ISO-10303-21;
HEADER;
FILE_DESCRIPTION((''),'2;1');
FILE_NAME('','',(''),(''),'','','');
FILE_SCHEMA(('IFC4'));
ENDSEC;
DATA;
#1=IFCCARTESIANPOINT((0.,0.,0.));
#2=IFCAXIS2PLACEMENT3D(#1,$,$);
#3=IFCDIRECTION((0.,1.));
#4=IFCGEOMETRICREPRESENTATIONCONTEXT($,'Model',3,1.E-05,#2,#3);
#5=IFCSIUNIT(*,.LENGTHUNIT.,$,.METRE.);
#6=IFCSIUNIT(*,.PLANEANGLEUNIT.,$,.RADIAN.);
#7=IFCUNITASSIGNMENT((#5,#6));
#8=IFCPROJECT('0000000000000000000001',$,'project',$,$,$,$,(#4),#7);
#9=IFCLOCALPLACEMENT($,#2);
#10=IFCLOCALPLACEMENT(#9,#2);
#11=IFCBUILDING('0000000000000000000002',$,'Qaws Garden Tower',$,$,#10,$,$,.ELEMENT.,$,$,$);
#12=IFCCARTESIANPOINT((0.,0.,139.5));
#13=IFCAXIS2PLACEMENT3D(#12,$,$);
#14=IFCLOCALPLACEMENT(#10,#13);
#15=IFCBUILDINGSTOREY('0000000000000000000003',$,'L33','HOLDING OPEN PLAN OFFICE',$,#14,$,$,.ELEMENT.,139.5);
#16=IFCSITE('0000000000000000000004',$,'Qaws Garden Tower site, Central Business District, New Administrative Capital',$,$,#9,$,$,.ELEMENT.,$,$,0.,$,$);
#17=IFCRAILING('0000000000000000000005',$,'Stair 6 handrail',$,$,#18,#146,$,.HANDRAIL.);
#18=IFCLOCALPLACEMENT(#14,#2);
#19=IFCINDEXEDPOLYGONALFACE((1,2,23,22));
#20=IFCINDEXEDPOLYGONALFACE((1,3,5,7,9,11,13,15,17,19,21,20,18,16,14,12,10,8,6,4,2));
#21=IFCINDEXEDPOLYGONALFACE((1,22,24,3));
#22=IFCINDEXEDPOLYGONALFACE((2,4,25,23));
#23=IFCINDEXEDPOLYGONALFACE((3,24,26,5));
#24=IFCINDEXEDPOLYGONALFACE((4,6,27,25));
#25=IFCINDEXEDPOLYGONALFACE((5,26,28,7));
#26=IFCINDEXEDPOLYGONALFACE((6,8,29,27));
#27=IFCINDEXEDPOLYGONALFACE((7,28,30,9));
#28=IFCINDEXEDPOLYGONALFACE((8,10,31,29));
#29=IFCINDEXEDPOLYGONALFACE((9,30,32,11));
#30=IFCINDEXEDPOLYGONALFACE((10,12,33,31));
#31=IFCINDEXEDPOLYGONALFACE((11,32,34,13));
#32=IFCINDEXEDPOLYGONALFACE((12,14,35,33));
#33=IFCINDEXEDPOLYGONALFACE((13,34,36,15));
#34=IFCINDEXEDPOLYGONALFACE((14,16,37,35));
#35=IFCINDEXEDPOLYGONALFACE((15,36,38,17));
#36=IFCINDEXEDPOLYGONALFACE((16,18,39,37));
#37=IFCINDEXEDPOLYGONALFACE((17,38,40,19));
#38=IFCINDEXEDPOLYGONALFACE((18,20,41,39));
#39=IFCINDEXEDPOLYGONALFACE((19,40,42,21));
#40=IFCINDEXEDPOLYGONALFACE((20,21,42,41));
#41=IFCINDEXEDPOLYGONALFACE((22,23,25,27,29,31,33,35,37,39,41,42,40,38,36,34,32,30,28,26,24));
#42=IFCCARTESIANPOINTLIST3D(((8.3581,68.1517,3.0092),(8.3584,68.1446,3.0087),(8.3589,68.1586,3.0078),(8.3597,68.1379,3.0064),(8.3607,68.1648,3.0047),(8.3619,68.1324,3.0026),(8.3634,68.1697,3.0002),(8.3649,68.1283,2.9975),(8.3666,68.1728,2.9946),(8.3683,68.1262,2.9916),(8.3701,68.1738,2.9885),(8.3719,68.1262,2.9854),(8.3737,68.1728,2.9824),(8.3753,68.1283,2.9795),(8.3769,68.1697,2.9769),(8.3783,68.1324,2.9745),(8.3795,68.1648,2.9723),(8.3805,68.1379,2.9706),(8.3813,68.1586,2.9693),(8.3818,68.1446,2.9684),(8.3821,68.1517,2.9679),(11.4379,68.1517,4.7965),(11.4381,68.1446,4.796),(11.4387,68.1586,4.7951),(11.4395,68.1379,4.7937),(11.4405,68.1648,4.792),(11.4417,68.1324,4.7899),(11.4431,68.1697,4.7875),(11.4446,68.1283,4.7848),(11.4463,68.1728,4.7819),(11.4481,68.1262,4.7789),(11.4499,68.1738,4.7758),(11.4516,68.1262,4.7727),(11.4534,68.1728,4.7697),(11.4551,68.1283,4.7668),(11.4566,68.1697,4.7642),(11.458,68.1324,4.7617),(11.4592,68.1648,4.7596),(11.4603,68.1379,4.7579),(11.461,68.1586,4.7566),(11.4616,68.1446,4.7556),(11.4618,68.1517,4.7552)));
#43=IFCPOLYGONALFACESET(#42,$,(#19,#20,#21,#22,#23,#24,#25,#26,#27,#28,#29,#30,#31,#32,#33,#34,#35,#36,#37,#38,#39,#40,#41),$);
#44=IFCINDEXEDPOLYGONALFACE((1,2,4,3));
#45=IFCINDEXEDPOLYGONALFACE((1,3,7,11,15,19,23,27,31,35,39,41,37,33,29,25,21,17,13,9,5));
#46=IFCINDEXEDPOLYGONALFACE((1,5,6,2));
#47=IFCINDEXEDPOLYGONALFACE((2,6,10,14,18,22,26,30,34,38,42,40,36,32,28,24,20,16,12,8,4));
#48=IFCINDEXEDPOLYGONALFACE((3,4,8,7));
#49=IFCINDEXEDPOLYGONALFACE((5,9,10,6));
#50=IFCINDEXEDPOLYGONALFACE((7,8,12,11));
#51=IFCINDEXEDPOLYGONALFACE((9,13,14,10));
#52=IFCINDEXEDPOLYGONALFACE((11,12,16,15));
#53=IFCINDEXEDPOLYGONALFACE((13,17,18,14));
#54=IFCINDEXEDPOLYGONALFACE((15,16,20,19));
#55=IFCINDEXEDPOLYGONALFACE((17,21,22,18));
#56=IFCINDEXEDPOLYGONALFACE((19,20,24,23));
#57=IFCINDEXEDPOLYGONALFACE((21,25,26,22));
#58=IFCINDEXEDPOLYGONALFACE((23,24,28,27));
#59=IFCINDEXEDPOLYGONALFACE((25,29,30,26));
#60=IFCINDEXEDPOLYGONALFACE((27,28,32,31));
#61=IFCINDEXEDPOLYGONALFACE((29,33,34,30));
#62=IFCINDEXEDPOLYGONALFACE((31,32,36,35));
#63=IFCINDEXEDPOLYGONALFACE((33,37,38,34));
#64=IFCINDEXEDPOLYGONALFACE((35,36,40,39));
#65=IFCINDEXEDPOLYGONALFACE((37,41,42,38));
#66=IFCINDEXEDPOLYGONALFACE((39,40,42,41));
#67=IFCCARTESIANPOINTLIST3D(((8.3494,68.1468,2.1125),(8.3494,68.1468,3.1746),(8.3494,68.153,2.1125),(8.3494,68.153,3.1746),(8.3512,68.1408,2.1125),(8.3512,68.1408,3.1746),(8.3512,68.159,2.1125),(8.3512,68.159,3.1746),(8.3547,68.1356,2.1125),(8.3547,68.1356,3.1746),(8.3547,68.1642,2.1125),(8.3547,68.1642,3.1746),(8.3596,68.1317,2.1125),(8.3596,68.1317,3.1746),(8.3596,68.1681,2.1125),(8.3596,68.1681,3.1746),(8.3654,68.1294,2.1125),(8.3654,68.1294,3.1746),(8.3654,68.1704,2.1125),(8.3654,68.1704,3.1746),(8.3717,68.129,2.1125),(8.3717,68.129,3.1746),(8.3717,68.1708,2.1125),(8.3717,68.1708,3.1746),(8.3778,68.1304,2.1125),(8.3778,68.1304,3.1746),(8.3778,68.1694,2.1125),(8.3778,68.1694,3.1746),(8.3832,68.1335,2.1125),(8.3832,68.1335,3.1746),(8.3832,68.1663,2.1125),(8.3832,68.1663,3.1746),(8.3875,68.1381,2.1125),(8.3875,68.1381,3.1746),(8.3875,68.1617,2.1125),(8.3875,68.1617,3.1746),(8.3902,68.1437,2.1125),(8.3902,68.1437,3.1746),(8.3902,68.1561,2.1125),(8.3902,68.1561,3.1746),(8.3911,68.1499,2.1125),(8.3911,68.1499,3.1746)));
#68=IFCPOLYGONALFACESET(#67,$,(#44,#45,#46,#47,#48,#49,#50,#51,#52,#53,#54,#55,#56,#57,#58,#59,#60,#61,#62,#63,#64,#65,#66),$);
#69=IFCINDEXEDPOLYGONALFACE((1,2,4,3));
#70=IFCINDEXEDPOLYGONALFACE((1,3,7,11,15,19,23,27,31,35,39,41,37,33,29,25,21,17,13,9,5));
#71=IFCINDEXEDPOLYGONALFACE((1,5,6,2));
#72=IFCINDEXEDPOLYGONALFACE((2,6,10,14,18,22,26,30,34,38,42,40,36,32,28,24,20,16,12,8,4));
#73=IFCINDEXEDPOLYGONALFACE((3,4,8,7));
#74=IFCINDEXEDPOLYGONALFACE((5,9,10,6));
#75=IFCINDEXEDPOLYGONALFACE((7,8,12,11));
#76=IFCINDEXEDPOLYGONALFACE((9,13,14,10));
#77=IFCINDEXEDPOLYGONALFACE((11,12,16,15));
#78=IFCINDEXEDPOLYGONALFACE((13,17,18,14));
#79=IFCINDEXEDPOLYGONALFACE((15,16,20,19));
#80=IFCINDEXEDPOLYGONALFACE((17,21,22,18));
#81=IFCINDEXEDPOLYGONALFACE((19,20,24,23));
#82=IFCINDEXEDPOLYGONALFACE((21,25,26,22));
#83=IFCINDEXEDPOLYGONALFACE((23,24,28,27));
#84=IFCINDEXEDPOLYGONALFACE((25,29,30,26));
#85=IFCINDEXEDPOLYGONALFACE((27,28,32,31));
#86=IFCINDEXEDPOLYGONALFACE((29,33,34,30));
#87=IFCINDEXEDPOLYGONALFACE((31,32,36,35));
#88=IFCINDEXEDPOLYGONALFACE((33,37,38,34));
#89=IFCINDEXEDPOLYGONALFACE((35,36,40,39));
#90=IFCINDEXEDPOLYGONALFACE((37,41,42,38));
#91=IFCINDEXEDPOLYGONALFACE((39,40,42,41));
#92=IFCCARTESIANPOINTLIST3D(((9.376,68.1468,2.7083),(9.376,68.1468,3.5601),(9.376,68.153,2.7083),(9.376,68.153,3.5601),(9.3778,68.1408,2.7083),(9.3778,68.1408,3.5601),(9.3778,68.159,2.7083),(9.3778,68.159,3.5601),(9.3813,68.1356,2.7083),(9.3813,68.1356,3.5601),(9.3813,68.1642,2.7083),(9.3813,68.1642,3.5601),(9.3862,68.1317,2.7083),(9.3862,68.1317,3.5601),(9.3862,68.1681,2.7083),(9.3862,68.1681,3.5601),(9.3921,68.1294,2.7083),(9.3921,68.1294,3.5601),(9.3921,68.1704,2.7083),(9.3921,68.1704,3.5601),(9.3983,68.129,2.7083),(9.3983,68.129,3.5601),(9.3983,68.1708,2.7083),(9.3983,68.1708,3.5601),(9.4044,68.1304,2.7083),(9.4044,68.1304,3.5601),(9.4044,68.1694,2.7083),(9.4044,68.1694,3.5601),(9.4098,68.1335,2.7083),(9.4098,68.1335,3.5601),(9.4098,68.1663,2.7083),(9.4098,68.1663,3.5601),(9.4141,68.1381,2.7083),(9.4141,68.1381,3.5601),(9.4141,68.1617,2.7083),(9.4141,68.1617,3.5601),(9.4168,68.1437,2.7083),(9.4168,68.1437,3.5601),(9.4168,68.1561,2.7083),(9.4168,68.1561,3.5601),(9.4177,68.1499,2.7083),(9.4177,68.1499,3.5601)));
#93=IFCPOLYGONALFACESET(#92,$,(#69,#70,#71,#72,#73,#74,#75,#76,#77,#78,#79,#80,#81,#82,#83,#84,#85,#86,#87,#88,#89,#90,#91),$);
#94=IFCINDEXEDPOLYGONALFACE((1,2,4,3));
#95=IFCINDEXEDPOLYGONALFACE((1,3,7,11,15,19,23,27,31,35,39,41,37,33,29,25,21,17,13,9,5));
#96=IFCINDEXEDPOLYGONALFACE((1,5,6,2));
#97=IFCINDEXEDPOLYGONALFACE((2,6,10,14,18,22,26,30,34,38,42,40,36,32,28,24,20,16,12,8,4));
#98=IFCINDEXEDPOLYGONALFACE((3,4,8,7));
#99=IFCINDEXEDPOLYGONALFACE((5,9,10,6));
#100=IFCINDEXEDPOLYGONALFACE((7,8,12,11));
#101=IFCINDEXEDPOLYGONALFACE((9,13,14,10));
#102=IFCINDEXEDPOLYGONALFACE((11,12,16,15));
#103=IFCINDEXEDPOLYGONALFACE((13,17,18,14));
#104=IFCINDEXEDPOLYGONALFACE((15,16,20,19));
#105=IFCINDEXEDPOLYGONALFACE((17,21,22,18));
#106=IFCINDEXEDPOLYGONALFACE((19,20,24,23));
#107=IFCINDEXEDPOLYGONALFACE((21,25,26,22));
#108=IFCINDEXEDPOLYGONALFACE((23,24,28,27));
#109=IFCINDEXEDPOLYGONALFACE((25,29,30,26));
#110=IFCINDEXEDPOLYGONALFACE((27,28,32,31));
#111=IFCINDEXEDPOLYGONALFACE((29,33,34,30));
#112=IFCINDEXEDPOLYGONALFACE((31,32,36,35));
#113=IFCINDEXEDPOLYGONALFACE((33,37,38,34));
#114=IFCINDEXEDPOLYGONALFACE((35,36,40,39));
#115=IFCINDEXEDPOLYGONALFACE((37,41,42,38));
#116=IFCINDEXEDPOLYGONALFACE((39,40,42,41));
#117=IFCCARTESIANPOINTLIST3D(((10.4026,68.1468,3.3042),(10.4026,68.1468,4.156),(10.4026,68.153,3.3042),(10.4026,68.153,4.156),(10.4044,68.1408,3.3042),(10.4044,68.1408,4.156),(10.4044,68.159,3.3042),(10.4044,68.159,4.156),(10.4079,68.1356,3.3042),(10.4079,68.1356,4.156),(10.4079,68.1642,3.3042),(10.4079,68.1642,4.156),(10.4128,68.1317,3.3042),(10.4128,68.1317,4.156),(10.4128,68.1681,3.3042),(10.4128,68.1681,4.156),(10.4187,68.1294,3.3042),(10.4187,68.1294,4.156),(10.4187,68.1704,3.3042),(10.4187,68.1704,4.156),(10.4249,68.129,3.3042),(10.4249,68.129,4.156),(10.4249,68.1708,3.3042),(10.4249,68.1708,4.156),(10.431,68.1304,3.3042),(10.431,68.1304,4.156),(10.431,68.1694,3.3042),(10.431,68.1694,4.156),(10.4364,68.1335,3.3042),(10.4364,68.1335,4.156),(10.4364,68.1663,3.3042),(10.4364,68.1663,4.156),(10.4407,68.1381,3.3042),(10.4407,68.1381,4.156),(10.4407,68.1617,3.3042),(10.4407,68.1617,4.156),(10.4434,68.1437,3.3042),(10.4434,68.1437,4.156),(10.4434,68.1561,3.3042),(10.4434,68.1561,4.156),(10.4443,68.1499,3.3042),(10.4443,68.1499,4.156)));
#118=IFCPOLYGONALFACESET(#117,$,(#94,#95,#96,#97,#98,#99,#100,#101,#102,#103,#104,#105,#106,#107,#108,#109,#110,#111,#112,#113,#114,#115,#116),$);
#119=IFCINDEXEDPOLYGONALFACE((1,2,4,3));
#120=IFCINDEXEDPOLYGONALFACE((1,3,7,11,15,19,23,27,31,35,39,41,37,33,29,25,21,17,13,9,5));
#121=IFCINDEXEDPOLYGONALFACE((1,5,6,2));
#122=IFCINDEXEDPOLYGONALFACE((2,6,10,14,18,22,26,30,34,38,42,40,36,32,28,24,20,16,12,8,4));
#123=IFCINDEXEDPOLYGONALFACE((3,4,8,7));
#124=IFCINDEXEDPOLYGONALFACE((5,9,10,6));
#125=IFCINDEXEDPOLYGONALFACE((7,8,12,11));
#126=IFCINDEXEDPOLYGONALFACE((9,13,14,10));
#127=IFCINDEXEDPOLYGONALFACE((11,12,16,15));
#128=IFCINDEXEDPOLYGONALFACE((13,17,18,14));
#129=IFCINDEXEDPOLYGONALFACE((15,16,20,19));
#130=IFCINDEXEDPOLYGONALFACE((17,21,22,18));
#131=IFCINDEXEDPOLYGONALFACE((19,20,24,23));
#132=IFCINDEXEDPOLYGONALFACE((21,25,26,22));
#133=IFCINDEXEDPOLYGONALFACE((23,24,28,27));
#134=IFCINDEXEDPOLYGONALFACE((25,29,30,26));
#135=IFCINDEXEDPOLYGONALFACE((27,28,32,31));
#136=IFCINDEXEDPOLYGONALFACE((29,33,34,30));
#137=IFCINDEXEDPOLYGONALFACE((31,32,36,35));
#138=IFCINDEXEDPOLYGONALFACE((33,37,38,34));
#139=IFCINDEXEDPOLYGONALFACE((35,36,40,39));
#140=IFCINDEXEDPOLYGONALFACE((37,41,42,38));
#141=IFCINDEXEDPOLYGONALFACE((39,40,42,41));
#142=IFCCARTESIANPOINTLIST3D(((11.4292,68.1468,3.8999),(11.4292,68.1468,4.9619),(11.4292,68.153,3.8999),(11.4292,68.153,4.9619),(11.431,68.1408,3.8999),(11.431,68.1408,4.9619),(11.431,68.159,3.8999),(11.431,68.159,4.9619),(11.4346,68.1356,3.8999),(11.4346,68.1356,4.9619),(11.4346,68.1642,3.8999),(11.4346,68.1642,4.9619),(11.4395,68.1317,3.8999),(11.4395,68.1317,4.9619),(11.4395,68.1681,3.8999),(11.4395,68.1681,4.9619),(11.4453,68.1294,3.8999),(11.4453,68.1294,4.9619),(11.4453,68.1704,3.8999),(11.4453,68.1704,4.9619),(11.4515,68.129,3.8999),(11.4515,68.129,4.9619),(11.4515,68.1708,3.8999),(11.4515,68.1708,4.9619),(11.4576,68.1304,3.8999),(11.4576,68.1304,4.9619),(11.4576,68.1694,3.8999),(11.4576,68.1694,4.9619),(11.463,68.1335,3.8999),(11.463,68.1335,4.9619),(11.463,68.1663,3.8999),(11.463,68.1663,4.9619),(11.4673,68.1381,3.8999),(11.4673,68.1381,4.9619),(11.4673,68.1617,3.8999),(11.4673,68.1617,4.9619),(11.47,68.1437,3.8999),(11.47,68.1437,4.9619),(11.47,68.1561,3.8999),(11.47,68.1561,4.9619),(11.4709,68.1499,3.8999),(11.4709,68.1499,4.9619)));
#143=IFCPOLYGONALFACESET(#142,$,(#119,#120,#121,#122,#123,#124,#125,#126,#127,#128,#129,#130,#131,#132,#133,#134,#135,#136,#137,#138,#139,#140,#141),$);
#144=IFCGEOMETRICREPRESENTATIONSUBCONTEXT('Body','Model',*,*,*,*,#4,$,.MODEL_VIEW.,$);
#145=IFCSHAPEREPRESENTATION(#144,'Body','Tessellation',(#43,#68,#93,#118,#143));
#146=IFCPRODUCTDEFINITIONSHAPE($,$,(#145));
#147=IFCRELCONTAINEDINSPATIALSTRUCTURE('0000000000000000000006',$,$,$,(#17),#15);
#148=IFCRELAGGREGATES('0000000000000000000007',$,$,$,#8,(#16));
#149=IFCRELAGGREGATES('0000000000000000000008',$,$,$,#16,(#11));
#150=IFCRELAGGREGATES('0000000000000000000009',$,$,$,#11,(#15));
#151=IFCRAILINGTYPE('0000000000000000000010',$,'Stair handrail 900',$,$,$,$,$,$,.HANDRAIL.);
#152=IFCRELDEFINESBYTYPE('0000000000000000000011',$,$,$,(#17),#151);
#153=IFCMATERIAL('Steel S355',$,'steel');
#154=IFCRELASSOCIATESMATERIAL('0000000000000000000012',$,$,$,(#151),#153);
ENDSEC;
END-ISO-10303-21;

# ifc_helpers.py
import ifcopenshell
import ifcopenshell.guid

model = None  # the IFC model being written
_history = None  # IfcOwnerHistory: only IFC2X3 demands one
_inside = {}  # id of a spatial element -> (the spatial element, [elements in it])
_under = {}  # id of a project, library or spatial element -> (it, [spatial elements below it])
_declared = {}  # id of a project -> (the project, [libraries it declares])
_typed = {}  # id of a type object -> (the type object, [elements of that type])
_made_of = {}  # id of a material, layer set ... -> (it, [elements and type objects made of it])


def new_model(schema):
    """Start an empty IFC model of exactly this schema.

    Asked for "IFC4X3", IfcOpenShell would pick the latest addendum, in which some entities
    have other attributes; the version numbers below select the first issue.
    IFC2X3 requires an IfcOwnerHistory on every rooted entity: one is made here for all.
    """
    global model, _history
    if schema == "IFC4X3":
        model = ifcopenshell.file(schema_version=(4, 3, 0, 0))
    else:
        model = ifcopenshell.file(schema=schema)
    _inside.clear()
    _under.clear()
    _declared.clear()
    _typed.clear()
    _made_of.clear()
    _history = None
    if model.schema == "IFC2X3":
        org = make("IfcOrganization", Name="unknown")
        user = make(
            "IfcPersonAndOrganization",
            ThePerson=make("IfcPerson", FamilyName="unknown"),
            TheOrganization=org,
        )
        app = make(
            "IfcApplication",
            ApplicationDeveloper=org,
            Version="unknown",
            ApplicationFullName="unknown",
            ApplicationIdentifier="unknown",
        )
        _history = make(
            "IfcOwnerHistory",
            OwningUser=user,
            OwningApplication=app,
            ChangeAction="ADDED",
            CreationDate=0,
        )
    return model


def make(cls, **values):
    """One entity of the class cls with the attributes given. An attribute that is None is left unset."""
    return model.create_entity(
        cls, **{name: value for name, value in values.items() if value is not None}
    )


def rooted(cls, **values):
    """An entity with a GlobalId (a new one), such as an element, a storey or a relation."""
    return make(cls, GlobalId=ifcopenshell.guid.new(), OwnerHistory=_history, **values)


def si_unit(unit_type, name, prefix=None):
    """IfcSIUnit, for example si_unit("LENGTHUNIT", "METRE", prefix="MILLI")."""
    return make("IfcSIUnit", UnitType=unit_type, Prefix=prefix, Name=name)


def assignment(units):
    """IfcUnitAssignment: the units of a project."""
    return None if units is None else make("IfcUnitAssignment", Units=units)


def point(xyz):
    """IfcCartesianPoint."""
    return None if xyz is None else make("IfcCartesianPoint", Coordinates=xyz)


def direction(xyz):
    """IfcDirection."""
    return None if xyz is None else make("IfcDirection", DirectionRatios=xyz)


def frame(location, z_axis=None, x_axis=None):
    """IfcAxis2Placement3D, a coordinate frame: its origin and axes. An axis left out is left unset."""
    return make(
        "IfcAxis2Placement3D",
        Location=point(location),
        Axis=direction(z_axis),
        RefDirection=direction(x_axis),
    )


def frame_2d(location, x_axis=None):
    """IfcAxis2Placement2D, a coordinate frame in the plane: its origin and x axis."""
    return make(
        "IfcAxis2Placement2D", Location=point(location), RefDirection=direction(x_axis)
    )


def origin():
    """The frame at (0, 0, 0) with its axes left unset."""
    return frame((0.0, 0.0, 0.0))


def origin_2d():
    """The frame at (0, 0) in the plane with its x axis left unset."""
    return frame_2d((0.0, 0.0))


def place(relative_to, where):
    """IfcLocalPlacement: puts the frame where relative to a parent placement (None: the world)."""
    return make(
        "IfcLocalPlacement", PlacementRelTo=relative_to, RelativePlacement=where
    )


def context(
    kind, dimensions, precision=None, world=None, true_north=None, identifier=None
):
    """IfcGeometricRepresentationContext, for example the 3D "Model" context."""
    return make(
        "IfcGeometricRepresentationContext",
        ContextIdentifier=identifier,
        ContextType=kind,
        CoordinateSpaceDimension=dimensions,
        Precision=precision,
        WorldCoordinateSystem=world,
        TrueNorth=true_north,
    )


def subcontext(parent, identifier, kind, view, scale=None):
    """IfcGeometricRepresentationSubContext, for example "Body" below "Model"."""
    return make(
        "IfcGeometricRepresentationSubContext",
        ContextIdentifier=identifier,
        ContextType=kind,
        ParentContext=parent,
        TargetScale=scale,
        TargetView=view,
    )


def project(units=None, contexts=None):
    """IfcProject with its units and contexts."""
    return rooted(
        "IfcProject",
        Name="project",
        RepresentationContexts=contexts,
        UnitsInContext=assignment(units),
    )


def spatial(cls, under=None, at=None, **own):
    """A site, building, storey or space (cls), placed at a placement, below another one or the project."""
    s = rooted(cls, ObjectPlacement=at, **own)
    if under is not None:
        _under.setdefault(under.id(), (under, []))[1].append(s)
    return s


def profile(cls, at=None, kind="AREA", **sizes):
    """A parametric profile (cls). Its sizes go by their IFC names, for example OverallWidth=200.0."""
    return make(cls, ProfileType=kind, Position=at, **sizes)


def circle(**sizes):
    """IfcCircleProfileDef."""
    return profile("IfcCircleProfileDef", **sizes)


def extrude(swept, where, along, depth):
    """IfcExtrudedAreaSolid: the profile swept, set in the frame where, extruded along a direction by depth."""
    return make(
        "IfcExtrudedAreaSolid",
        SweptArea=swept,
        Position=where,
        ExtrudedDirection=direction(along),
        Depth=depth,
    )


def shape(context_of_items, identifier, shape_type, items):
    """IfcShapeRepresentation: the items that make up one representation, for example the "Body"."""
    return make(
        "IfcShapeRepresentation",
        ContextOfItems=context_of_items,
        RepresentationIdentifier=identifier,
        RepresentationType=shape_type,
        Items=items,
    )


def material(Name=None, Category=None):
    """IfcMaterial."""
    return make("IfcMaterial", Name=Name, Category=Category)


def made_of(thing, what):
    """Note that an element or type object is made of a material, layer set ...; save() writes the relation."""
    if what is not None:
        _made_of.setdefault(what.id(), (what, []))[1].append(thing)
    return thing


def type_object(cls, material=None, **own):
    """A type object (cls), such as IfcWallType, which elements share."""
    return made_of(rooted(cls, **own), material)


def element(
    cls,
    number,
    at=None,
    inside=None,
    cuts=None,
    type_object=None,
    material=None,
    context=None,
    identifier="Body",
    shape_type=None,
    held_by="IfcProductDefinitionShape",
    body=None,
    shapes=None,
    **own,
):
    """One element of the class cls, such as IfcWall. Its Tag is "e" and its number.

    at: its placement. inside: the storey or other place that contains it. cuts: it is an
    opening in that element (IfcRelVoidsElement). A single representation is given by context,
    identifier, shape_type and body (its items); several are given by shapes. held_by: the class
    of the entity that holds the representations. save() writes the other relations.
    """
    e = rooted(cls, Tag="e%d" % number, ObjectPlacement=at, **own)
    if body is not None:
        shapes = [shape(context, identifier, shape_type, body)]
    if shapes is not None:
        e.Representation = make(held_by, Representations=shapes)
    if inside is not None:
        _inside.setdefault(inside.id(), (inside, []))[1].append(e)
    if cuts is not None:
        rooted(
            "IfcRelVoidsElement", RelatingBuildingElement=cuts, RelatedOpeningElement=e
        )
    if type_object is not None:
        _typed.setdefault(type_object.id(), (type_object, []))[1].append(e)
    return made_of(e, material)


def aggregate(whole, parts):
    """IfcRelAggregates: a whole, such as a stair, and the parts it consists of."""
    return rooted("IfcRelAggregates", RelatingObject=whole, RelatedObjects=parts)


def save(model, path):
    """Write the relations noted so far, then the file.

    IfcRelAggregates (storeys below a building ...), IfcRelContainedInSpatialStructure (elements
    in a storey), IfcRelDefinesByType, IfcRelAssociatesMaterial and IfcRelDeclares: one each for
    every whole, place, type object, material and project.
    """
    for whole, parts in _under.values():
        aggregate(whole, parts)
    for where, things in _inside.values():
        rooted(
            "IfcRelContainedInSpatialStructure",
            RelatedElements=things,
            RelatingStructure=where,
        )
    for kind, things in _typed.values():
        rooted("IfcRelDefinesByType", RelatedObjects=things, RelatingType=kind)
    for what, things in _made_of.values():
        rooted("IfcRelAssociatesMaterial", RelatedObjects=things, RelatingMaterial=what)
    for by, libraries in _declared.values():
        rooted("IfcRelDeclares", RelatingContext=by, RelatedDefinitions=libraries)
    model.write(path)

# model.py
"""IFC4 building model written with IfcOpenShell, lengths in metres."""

from ifc_helpers import new_model, si_unit, direction, frame, origin, origin_2d, place, context, subcontext, project, spatial, circle, extrude, material, type_object, element, save


model = new_model("IFC4")

# Units and contexts
model_context = context("Model", 3, precision=1e-05, world=origin(), true_north=direction((0.0, 1.0)))
body_context = subcontext(model_context, "Body", "Model", "MODEL_VIEW")
ifc_project = project(units=[si_unit("LENGTHUNIT", "METRE"), si_unit("PLANEANGLEUNIT", "RADIAN")], contexts=[model_context])

# Site, building, storey
site_placement = place(None, origin())
site = spatial("IfcSite", under=ifc_project, at=site_placement, Name="Qaws Garden Tower site, Central Business District, New Administrative Capital", CompositionType="ELEMENT", RefElevation=0.0)
building_placement = place(site_placement, origin())
building = spatial("IfcBuilding", under=site, at=building_placement, Name="Qaws Garden Tower", CompositionType="ELEMENT")
storey_placement = place(building_placement, frame((0.0, 0.0, 139.5)))
storey = spatial("IfcBuildingStorey", under=building, at=storey_placement, Name="L33", Description="HOLDING OPEN PLAN OFFICE", CompositionType="ELEMENT", Elevation=139.5)

# Railing
ifc_material_1 = material(Name="Steel S355", Category="steel")
railing_type = type_object("IfcRailingType", Name="Stair handrail 900", PredefinedType="HANDRAIL", material=ifc_material_1)
railing_1_placement = place(storey_placement, frame((8.3701, 68.1499, 2.1125)))
element("IfcRailing", 1, at=railing_1_placement, inside=storey, type_object=railing_type, Name="Stair 6 handrail", PredefinedType="HANDRAIL", context=body_context, shape_type="SweptSolid", body=[
    extrude(circle(Radius=0.0239, at=origin_2d()), frame((0.0, 0.0, 0.876), z_axis=(0.864903, 0.0, 0.501939), x_axis=(0.0, 1.0, 0.0)), (0.0, 0.0, 1.0), 3.5608),
    extrude(circle(Radius=0.021, at=origin_2d()), origin(), (0.0, 0.0, 1.0), 1.062),
    extrude(circle(Radius=0.021, at=origin_2d()), frame((1.0266, 0.0, 0.5957)), (0.0, 0.0, 1.0), 0.8518),
    extrude(circle(Radius=0.021, at=origin_2d()), frame((2.0532, 0.0, 1.1917)), (0.0, 0.0, 1.0), 0.8518),
    extrude(circle(Radius=0.021, at=origin_2d()), frame((3.0798, 0.0, 1.7874)), (0.0, 0.0, 1.0), 1.062),
])

save(model, "model.ifc")
